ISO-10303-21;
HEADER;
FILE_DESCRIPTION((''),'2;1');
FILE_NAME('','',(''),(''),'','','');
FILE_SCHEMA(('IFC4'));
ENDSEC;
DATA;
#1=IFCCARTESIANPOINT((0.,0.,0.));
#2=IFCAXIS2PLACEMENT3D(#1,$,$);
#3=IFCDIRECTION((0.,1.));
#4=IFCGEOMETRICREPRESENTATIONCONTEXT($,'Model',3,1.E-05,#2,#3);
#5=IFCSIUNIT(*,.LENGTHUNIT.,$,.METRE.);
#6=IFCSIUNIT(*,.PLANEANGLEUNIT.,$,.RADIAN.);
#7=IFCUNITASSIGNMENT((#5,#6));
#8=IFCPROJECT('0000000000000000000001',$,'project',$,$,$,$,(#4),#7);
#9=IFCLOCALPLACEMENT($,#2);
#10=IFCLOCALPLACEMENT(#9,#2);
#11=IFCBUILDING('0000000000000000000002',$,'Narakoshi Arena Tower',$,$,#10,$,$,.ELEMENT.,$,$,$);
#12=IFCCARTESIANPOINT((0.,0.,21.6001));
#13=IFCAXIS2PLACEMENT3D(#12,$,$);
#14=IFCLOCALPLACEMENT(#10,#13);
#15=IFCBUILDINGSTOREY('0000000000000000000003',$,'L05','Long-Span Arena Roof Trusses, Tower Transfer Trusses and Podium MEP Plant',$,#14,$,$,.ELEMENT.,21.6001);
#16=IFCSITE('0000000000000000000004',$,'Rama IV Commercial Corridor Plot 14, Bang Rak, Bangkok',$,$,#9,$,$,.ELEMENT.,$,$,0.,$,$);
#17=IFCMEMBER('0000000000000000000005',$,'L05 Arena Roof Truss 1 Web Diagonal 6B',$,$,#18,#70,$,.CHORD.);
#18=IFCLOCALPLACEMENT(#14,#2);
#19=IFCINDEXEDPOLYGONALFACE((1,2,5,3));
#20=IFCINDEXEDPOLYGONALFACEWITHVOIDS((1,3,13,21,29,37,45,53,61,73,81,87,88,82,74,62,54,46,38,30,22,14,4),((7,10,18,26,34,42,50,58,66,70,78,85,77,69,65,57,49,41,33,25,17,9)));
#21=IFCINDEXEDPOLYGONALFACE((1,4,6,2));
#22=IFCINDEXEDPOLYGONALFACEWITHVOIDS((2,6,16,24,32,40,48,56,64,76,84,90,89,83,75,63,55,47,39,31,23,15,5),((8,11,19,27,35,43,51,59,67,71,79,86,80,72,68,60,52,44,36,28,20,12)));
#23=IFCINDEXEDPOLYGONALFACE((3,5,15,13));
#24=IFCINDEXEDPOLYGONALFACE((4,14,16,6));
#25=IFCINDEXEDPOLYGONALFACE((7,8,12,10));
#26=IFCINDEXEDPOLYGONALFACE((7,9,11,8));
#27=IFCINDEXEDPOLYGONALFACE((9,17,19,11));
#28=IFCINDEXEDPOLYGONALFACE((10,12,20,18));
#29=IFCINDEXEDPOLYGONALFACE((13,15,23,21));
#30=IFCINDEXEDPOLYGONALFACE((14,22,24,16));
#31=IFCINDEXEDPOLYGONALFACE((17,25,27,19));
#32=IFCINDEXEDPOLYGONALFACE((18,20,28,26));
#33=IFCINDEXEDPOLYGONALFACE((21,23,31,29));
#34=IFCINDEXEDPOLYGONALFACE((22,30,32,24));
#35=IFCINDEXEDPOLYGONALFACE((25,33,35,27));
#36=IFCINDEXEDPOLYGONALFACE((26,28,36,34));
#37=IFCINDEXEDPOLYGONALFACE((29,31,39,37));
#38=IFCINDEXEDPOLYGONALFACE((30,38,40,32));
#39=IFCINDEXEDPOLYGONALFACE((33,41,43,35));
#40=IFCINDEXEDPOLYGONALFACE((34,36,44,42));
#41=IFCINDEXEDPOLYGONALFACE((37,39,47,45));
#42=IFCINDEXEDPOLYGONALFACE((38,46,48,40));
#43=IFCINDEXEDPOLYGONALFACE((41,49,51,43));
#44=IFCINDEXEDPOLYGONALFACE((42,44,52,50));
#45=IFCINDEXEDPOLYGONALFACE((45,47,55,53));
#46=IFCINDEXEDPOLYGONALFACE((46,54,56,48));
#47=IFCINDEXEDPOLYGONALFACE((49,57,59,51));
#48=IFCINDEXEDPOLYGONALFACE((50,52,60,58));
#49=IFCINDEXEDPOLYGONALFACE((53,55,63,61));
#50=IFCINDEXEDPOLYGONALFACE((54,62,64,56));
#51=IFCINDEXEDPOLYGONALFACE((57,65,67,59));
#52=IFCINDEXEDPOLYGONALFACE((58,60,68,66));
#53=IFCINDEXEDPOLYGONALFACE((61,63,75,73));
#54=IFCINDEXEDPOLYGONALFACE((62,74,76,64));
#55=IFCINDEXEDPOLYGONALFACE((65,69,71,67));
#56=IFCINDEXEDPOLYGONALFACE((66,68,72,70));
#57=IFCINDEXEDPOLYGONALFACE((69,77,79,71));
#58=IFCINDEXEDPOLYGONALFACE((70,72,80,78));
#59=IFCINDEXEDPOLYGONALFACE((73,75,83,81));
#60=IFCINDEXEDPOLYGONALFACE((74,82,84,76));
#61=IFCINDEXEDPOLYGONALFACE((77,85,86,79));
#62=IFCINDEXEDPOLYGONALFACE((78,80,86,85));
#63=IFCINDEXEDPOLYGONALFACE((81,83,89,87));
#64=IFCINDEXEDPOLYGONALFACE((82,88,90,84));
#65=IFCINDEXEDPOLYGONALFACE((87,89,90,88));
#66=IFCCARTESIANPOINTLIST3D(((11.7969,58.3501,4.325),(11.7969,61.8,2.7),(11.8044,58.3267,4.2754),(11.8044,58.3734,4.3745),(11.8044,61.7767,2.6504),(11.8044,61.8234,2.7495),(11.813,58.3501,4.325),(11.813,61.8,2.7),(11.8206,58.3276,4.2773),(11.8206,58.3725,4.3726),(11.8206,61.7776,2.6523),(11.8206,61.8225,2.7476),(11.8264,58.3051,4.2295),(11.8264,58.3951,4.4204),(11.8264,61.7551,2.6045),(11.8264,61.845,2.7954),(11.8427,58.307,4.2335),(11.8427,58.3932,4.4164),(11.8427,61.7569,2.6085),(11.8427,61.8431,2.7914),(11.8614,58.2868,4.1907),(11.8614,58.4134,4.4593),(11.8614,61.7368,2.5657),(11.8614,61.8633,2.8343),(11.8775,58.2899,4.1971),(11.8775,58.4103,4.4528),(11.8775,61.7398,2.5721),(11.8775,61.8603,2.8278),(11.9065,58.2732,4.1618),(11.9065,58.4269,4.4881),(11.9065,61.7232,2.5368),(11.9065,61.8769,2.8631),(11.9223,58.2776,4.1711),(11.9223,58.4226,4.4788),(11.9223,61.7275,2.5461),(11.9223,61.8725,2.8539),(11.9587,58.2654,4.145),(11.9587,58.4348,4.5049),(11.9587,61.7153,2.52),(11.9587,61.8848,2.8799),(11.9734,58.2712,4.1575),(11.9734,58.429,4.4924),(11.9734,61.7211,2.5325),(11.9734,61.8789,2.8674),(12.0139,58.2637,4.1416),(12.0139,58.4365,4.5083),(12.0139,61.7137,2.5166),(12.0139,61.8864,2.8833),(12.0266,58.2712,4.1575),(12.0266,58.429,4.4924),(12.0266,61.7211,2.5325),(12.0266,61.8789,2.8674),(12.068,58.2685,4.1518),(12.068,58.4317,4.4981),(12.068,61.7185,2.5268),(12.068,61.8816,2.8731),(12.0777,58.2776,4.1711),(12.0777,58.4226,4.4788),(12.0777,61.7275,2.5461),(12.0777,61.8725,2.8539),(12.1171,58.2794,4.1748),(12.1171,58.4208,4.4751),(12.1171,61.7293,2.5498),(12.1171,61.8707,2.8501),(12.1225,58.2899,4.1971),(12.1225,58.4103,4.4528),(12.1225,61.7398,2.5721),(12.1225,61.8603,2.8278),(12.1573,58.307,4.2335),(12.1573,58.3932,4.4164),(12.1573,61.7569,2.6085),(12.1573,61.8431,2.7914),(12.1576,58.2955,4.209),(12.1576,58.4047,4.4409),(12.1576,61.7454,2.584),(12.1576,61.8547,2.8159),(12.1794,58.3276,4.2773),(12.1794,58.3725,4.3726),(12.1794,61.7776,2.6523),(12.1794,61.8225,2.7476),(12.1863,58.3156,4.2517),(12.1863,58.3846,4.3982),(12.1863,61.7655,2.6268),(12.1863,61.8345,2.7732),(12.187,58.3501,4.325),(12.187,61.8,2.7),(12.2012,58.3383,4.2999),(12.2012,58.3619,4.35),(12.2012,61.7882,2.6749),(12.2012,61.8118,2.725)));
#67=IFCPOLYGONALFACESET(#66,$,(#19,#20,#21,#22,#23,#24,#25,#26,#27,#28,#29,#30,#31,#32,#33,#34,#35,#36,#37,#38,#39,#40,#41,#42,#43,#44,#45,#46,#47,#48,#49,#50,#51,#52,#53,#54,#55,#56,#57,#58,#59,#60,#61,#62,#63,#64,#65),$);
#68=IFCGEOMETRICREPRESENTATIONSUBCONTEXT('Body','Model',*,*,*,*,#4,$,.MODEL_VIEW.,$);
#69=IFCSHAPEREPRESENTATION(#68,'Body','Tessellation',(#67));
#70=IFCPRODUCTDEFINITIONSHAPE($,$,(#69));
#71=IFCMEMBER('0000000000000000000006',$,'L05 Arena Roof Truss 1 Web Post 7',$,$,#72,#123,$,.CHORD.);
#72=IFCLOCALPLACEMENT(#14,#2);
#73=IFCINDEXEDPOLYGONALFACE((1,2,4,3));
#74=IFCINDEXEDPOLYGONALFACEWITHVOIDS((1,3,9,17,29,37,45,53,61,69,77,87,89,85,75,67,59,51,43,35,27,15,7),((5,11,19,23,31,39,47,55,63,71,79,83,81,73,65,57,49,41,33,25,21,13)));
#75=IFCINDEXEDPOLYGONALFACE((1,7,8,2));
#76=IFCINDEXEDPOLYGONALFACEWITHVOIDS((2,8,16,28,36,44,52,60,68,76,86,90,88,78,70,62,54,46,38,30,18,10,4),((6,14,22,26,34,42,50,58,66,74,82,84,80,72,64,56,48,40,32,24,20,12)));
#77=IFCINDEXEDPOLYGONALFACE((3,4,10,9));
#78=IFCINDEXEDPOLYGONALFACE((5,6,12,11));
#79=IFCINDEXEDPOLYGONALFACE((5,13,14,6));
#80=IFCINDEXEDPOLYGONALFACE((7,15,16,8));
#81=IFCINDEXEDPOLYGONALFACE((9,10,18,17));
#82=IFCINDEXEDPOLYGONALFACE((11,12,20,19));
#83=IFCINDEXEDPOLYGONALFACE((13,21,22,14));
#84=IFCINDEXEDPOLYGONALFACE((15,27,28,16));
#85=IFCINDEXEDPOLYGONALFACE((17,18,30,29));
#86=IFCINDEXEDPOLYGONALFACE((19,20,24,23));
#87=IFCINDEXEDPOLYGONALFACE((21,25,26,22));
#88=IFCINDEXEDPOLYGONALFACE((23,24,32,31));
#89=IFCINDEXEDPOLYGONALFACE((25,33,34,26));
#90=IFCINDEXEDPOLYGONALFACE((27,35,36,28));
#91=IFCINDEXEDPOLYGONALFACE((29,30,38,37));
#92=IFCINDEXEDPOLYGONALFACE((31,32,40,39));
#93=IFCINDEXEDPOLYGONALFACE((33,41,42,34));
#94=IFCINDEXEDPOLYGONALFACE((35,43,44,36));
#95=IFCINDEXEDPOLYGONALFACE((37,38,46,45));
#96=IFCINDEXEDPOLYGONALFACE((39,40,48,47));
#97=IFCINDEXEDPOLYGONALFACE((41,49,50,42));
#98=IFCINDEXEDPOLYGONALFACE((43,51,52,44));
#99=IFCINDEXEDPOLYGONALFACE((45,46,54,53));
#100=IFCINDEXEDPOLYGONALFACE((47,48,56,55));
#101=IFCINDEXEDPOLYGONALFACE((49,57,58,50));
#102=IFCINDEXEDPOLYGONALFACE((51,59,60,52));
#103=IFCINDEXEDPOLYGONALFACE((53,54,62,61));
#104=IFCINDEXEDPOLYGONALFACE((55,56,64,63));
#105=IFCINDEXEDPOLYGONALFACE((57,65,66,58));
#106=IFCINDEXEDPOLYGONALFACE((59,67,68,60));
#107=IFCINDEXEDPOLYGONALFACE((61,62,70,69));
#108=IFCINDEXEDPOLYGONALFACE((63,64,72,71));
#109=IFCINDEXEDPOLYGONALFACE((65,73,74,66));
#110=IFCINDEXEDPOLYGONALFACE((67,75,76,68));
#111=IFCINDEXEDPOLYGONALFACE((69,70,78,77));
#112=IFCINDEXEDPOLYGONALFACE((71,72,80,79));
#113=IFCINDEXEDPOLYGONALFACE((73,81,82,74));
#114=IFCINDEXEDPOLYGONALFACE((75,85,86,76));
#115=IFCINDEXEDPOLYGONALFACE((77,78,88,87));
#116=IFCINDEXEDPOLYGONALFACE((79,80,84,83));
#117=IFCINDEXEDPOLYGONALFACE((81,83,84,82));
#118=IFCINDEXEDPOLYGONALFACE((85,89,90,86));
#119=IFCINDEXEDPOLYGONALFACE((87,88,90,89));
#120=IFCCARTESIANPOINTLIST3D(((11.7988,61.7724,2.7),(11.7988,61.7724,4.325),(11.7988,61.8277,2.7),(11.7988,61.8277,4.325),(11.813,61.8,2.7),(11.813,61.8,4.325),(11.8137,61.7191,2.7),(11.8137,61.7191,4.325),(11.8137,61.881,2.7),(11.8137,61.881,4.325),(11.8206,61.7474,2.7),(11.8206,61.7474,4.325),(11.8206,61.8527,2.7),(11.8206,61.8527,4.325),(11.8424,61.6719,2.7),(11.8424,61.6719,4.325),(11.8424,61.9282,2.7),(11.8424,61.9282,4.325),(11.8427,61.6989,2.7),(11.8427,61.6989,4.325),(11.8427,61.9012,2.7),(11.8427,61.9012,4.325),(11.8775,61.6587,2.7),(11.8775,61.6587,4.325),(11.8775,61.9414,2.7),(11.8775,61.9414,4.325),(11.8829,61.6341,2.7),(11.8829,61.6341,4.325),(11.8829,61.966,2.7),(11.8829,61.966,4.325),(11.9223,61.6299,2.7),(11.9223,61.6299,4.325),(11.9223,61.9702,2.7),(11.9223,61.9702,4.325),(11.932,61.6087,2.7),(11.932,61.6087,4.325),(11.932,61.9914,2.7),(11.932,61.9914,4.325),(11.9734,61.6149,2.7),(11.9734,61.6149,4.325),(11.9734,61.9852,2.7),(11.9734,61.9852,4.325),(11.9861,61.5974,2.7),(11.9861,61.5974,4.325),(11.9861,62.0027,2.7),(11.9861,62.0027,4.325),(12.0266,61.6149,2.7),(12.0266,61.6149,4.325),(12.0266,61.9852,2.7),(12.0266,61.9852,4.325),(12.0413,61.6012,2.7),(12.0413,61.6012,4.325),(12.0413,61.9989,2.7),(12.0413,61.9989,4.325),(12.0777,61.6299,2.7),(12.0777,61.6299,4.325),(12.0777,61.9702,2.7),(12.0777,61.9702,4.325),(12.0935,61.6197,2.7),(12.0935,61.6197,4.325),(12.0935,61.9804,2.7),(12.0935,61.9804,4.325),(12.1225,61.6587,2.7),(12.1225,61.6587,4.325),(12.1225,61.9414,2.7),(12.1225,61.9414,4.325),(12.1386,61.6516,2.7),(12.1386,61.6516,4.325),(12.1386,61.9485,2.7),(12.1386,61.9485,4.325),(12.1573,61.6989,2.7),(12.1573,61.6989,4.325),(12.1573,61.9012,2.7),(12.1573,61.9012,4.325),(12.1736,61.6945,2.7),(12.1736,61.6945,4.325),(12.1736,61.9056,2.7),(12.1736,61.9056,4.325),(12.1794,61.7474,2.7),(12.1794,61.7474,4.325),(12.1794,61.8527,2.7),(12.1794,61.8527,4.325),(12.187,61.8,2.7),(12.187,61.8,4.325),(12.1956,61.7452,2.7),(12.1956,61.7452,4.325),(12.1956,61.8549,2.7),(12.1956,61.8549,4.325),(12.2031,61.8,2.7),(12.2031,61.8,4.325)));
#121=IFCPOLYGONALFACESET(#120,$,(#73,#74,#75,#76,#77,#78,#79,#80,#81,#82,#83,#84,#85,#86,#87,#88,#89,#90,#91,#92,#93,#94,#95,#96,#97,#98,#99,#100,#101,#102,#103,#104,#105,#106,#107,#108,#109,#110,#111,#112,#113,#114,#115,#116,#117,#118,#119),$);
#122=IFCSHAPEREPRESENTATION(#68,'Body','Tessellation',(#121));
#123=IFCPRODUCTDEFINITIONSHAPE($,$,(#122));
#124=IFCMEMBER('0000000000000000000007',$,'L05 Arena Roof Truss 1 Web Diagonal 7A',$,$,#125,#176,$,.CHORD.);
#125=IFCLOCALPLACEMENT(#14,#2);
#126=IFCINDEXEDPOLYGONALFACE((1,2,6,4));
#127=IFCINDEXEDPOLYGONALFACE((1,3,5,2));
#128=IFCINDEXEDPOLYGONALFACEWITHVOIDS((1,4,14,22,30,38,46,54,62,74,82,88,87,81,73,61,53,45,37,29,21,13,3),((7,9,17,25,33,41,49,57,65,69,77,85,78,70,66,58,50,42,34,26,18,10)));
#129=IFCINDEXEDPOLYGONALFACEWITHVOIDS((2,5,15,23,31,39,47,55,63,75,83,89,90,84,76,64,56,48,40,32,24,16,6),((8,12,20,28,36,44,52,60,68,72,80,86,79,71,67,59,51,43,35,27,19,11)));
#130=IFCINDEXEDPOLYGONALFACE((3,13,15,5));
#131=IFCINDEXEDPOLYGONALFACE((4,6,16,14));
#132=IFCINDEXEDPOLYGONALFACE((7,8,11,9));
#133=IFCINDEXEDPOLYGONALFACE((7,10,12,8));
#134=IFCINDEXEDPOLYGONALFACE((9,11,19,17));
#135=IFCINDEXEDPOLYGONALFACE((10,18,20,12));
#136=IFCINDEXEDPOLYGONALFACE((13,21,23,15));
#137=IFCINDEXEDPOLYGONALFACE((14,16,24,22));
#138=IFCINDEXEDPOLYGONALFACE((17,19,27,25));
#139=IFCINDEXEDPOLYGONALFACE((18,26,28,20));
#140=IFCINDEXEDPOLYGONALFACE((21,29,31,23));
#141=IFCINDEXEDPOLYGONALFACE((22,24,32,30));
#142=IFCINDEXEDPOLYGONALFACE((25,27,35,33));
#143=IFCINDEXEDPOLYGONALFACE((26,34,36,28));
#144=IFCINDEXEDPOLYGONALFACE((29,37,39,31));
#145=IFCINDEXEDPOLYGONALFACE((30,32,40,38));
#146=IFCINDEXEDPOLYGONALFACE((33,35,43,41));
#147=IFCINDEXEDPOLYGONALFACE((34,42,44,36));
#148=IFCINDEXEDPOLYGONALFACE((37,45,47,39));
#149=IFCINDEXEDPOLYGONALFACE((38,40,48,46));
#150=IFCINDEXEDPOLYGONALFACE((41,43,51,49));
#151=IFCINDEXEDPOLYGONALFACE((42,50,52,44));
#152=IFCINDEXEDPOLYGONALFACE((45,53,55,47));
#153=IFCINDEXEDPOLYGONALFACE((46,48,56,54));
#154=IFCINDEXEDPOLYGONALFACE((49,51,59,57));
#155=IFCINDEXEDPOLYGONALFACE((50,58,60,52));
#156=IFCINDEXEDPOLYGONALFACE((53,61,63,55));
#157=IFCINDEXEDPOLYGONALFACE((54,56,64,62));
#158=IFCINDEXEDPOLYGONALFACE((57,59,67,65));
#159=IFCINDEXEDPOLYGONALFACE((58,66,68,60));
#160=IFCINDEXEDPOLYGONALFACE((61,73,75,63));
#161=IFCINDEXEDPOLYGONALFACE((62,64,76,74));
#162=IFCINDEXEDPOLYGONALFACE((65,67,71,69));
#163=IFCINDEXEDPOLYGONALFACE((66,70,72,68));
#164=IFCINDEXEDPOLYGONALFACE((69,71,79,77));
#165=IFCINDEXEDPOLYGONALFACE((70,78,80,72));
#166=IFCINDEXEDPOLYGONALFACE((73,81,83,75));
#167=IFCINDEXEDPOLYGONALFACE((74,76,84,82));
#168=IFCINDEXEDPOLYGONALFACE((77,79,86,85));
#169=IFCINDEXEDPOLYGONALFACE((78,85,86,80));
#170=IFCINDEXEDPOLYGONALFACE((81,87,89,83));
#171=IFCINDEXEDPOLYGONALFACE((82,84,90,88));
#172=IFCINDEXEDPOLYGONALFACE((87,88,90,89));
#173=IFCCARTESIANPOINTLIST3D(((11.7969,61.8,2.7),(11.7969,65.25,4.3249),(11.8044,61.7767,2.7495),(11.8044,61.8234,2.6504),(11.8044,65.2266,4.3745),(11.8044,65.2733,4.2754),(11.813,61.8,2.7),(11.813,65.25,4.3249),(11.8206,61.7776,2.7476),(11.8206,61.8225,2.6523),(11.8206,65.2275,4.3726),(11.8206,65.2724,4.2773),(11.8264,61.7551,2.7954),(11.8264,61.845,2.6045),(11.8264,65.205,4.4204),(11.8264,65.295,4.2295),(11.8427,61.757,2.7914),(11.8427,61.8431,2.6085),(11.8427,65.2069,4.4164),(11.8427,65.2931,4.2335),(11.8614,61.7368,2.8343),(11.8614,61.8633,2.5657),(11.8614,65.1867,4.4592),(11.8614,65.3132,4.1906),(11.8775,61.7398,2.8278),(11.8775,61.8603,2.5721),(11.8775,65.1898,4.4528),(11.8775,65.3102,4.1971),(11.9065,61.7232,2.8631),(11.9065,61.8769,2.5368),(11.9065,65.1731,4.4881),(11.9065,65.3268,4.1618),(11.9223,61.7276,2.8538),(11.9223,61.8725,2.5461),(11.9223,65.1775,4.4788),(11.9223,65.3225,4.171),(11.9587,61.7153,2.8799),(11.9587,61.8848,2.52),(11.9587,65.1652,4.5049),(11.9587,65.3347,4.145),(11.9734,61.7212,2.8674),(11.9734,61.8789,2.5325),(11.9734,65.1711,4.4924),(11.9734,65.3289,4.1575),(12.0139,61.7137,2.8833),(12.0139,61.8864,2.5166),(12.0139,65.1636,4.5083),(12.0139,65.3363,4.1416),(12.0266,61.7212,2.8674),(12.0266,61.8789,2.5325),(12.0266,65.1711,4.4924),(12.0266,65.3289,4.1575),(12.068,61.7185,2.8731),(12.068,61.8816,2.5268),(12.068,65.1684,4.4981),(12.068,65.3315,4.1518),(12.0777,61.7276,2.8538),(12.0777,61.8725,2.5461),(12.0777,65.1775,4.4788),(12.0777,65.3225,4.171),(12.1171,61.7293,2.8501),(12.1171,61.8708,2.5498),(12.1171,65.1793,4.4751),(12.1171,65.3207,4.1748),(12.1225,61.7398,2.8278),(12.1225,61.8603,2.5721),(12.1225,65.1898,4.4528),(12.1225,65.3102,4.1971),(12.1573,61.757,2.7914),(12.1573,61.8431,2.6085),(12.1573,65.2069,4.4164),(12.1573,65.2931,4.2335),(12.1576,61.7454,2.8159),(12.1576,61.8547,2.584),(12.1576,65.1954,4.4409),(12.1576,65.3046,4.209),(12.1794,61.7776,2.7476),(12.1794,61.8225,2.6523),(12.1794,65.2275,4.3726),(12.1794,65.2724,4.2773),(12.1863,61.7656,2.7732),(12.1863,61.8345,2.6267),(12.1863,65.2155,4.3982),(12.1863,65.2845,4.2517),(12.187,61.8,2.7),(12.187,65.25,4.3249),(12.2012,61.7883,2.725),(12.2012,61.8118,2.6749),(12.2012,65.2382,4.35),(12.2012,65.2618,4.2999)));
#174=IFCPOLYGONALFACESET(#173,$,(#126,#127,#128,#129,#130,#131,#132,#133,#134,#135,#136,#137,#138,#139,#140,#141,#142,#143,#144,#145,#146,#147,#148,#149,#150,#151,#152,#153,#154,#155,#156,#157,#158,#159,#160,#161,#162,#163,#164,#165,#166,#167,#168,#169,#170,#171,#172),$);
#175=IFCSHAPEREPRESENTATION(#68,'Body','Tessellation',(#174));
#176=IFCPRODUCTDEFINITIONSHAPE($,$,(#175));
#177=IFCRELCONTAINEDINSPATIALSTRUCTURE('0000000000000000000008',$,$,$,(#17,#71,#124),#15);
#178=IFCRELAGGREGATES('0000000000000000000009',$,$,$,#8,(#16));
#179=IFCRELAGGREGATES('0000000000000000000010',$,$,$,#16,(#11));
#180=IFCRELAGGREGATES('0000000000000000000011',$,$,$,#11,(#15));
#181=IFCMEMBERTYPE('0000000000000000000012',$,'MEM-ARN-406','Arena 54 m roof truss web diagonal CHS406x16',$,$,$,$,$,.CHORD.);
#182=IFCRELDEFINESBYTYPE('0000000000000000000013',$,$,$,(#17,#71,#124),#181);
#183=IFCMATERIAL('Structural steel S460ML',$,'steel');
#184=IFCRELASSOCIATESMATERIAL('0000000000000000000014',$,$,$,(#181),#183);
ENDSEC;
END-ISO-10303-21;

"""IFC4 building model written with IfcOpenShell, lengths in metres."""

from ifc_helpers import new_model, si_unit, direction, frame, origin, origin_2d, place, context, subcontext, project, spatial, hollow_circle, extrude, material, material_profile, profile_set, type_object, element, save


model = new_model("IFC4")

# Units and contexts
model_context = context("Model", 3, precision=1e-05, world=origin(), true_north=direction((0.0, 1.0)))
body_context = subcontext(model_context, "Body", "Model", "MODEL_VIEW")
ifc_project = project(units=[si_unit("LENGTHUNIT", "METRE"), si_unit("PLANEANGLEUNIT", "RADIAN")], contexts=[model_context])

# Site, building, storey
site_placement = place(None, origin())
site = spatial("IfcSite", under=ifc_project, at=site_placement, Name="Rama IV Commercial Corridor Plot 14, Bang Rak, Bangkok", CompositionType="ELEMENT", RefElevation=0.0)
building_placement = place(site_placement, origin())
building = spatial("IfcBuilding", under=site, at=building_placement, Name="Narakoshi Arena Tower", CompositionType="ELEMENT")
storey_placement = place(building_placement, frame((0.0, 0.0, 21.6001)))
storey = spatial("IfcBuildingStorey", under=building, at=storey_placement, Name="L05", Description="Long-Span Arena Roof Trusses, Tower Transfer Trusses and Podium MEP Plant", CompositionType="ELEMENT", Elevation=21.6001)

# Shared definitions
ifc_material_1 = material(Name="Structural steel S460ML", Category="steel")

# Members
ifc_material_profile_1 = material_profile(ifc_material_1, hollow_circle(Radius=0.2031, WallThickness=0.0161, at=origin_2d()), Name="CHS406x16")
ifc_profile_set_1 = profile_set([ifc_material_profile_1], Name="Structural steel S460ML")
member_type = type_object("IfcMemberType", Name="MEM-ARN-406", Description="Arena 54 m roof truss web diagonal CHS406x16", PredefinedType="CHORD", material=ifc_profile_set_1)
member_1_placement = place(storey_placement, frame((12.0, 58.3501, 4.325), z_axis=(0.0, 0.904668, -0.426118), x_axis=(-1.0, 0.0, 0.0)))
element("IfcMember", 1, at=member_1_placement, inside=storey, type_object=member_type, Name="L05 Arena Roof Truss 1 Web Diagonal 6B", PredefinedType="CHORD", context=body_context, shape_type="SweptSolid", body=[
    extrude(hollow_circle(Radius=0.2031, WallThickness=0.0161, at=origin_2d()), origin(), (0.0, 0.0, 1.0), 3.8135),
])
member_2_placement = place(storey_placement, frame((12.0, 61.8, 2.7), z_axis=(0.0, 0.0, 1.0), x_axis=(1.0, 0.0, 0.0)))
element("IfcMember", 2, at=member_2_placement, inside=storey, type_object=member_type, Name="L05 Arena Roof Truss 1 Web Post 7", PredefinedType="CHORD", context=body_context, shape_type="SweptSolid", body=[
    extrude(hollow_circle(Radius=0.2031, WallThickness=0.0161, at=origin_2d()), origin(), (0.0, 0.0, 1.0), 1.625),
])
for number, where, z_axis, x_axis, name in (
    (3, (12.0, 61.8, 2.7), (0.0, 0.904668, 0.426118), (-1.0, 0.0, 0.0), "L05 Arena Roof Truss 1 Web Diagonal 7A"),
):
    element("IfcMember", number, at=place(storey_placement, frame(where, z_axis=z_axis, x_axis=x_axis)), inside=storey, type_object=member_type, Name=name, PredefinedType="CHORD", context=body_context, shape_type="SweptSolid", body=[
        extrude(hollow_circle(Radius=0.2031, WallThickness=0.0161, at=origin_2d()), origin(), (0.0, 0.0, 1.0), 3.8135),
    ])

save(model, "model.ifc")
